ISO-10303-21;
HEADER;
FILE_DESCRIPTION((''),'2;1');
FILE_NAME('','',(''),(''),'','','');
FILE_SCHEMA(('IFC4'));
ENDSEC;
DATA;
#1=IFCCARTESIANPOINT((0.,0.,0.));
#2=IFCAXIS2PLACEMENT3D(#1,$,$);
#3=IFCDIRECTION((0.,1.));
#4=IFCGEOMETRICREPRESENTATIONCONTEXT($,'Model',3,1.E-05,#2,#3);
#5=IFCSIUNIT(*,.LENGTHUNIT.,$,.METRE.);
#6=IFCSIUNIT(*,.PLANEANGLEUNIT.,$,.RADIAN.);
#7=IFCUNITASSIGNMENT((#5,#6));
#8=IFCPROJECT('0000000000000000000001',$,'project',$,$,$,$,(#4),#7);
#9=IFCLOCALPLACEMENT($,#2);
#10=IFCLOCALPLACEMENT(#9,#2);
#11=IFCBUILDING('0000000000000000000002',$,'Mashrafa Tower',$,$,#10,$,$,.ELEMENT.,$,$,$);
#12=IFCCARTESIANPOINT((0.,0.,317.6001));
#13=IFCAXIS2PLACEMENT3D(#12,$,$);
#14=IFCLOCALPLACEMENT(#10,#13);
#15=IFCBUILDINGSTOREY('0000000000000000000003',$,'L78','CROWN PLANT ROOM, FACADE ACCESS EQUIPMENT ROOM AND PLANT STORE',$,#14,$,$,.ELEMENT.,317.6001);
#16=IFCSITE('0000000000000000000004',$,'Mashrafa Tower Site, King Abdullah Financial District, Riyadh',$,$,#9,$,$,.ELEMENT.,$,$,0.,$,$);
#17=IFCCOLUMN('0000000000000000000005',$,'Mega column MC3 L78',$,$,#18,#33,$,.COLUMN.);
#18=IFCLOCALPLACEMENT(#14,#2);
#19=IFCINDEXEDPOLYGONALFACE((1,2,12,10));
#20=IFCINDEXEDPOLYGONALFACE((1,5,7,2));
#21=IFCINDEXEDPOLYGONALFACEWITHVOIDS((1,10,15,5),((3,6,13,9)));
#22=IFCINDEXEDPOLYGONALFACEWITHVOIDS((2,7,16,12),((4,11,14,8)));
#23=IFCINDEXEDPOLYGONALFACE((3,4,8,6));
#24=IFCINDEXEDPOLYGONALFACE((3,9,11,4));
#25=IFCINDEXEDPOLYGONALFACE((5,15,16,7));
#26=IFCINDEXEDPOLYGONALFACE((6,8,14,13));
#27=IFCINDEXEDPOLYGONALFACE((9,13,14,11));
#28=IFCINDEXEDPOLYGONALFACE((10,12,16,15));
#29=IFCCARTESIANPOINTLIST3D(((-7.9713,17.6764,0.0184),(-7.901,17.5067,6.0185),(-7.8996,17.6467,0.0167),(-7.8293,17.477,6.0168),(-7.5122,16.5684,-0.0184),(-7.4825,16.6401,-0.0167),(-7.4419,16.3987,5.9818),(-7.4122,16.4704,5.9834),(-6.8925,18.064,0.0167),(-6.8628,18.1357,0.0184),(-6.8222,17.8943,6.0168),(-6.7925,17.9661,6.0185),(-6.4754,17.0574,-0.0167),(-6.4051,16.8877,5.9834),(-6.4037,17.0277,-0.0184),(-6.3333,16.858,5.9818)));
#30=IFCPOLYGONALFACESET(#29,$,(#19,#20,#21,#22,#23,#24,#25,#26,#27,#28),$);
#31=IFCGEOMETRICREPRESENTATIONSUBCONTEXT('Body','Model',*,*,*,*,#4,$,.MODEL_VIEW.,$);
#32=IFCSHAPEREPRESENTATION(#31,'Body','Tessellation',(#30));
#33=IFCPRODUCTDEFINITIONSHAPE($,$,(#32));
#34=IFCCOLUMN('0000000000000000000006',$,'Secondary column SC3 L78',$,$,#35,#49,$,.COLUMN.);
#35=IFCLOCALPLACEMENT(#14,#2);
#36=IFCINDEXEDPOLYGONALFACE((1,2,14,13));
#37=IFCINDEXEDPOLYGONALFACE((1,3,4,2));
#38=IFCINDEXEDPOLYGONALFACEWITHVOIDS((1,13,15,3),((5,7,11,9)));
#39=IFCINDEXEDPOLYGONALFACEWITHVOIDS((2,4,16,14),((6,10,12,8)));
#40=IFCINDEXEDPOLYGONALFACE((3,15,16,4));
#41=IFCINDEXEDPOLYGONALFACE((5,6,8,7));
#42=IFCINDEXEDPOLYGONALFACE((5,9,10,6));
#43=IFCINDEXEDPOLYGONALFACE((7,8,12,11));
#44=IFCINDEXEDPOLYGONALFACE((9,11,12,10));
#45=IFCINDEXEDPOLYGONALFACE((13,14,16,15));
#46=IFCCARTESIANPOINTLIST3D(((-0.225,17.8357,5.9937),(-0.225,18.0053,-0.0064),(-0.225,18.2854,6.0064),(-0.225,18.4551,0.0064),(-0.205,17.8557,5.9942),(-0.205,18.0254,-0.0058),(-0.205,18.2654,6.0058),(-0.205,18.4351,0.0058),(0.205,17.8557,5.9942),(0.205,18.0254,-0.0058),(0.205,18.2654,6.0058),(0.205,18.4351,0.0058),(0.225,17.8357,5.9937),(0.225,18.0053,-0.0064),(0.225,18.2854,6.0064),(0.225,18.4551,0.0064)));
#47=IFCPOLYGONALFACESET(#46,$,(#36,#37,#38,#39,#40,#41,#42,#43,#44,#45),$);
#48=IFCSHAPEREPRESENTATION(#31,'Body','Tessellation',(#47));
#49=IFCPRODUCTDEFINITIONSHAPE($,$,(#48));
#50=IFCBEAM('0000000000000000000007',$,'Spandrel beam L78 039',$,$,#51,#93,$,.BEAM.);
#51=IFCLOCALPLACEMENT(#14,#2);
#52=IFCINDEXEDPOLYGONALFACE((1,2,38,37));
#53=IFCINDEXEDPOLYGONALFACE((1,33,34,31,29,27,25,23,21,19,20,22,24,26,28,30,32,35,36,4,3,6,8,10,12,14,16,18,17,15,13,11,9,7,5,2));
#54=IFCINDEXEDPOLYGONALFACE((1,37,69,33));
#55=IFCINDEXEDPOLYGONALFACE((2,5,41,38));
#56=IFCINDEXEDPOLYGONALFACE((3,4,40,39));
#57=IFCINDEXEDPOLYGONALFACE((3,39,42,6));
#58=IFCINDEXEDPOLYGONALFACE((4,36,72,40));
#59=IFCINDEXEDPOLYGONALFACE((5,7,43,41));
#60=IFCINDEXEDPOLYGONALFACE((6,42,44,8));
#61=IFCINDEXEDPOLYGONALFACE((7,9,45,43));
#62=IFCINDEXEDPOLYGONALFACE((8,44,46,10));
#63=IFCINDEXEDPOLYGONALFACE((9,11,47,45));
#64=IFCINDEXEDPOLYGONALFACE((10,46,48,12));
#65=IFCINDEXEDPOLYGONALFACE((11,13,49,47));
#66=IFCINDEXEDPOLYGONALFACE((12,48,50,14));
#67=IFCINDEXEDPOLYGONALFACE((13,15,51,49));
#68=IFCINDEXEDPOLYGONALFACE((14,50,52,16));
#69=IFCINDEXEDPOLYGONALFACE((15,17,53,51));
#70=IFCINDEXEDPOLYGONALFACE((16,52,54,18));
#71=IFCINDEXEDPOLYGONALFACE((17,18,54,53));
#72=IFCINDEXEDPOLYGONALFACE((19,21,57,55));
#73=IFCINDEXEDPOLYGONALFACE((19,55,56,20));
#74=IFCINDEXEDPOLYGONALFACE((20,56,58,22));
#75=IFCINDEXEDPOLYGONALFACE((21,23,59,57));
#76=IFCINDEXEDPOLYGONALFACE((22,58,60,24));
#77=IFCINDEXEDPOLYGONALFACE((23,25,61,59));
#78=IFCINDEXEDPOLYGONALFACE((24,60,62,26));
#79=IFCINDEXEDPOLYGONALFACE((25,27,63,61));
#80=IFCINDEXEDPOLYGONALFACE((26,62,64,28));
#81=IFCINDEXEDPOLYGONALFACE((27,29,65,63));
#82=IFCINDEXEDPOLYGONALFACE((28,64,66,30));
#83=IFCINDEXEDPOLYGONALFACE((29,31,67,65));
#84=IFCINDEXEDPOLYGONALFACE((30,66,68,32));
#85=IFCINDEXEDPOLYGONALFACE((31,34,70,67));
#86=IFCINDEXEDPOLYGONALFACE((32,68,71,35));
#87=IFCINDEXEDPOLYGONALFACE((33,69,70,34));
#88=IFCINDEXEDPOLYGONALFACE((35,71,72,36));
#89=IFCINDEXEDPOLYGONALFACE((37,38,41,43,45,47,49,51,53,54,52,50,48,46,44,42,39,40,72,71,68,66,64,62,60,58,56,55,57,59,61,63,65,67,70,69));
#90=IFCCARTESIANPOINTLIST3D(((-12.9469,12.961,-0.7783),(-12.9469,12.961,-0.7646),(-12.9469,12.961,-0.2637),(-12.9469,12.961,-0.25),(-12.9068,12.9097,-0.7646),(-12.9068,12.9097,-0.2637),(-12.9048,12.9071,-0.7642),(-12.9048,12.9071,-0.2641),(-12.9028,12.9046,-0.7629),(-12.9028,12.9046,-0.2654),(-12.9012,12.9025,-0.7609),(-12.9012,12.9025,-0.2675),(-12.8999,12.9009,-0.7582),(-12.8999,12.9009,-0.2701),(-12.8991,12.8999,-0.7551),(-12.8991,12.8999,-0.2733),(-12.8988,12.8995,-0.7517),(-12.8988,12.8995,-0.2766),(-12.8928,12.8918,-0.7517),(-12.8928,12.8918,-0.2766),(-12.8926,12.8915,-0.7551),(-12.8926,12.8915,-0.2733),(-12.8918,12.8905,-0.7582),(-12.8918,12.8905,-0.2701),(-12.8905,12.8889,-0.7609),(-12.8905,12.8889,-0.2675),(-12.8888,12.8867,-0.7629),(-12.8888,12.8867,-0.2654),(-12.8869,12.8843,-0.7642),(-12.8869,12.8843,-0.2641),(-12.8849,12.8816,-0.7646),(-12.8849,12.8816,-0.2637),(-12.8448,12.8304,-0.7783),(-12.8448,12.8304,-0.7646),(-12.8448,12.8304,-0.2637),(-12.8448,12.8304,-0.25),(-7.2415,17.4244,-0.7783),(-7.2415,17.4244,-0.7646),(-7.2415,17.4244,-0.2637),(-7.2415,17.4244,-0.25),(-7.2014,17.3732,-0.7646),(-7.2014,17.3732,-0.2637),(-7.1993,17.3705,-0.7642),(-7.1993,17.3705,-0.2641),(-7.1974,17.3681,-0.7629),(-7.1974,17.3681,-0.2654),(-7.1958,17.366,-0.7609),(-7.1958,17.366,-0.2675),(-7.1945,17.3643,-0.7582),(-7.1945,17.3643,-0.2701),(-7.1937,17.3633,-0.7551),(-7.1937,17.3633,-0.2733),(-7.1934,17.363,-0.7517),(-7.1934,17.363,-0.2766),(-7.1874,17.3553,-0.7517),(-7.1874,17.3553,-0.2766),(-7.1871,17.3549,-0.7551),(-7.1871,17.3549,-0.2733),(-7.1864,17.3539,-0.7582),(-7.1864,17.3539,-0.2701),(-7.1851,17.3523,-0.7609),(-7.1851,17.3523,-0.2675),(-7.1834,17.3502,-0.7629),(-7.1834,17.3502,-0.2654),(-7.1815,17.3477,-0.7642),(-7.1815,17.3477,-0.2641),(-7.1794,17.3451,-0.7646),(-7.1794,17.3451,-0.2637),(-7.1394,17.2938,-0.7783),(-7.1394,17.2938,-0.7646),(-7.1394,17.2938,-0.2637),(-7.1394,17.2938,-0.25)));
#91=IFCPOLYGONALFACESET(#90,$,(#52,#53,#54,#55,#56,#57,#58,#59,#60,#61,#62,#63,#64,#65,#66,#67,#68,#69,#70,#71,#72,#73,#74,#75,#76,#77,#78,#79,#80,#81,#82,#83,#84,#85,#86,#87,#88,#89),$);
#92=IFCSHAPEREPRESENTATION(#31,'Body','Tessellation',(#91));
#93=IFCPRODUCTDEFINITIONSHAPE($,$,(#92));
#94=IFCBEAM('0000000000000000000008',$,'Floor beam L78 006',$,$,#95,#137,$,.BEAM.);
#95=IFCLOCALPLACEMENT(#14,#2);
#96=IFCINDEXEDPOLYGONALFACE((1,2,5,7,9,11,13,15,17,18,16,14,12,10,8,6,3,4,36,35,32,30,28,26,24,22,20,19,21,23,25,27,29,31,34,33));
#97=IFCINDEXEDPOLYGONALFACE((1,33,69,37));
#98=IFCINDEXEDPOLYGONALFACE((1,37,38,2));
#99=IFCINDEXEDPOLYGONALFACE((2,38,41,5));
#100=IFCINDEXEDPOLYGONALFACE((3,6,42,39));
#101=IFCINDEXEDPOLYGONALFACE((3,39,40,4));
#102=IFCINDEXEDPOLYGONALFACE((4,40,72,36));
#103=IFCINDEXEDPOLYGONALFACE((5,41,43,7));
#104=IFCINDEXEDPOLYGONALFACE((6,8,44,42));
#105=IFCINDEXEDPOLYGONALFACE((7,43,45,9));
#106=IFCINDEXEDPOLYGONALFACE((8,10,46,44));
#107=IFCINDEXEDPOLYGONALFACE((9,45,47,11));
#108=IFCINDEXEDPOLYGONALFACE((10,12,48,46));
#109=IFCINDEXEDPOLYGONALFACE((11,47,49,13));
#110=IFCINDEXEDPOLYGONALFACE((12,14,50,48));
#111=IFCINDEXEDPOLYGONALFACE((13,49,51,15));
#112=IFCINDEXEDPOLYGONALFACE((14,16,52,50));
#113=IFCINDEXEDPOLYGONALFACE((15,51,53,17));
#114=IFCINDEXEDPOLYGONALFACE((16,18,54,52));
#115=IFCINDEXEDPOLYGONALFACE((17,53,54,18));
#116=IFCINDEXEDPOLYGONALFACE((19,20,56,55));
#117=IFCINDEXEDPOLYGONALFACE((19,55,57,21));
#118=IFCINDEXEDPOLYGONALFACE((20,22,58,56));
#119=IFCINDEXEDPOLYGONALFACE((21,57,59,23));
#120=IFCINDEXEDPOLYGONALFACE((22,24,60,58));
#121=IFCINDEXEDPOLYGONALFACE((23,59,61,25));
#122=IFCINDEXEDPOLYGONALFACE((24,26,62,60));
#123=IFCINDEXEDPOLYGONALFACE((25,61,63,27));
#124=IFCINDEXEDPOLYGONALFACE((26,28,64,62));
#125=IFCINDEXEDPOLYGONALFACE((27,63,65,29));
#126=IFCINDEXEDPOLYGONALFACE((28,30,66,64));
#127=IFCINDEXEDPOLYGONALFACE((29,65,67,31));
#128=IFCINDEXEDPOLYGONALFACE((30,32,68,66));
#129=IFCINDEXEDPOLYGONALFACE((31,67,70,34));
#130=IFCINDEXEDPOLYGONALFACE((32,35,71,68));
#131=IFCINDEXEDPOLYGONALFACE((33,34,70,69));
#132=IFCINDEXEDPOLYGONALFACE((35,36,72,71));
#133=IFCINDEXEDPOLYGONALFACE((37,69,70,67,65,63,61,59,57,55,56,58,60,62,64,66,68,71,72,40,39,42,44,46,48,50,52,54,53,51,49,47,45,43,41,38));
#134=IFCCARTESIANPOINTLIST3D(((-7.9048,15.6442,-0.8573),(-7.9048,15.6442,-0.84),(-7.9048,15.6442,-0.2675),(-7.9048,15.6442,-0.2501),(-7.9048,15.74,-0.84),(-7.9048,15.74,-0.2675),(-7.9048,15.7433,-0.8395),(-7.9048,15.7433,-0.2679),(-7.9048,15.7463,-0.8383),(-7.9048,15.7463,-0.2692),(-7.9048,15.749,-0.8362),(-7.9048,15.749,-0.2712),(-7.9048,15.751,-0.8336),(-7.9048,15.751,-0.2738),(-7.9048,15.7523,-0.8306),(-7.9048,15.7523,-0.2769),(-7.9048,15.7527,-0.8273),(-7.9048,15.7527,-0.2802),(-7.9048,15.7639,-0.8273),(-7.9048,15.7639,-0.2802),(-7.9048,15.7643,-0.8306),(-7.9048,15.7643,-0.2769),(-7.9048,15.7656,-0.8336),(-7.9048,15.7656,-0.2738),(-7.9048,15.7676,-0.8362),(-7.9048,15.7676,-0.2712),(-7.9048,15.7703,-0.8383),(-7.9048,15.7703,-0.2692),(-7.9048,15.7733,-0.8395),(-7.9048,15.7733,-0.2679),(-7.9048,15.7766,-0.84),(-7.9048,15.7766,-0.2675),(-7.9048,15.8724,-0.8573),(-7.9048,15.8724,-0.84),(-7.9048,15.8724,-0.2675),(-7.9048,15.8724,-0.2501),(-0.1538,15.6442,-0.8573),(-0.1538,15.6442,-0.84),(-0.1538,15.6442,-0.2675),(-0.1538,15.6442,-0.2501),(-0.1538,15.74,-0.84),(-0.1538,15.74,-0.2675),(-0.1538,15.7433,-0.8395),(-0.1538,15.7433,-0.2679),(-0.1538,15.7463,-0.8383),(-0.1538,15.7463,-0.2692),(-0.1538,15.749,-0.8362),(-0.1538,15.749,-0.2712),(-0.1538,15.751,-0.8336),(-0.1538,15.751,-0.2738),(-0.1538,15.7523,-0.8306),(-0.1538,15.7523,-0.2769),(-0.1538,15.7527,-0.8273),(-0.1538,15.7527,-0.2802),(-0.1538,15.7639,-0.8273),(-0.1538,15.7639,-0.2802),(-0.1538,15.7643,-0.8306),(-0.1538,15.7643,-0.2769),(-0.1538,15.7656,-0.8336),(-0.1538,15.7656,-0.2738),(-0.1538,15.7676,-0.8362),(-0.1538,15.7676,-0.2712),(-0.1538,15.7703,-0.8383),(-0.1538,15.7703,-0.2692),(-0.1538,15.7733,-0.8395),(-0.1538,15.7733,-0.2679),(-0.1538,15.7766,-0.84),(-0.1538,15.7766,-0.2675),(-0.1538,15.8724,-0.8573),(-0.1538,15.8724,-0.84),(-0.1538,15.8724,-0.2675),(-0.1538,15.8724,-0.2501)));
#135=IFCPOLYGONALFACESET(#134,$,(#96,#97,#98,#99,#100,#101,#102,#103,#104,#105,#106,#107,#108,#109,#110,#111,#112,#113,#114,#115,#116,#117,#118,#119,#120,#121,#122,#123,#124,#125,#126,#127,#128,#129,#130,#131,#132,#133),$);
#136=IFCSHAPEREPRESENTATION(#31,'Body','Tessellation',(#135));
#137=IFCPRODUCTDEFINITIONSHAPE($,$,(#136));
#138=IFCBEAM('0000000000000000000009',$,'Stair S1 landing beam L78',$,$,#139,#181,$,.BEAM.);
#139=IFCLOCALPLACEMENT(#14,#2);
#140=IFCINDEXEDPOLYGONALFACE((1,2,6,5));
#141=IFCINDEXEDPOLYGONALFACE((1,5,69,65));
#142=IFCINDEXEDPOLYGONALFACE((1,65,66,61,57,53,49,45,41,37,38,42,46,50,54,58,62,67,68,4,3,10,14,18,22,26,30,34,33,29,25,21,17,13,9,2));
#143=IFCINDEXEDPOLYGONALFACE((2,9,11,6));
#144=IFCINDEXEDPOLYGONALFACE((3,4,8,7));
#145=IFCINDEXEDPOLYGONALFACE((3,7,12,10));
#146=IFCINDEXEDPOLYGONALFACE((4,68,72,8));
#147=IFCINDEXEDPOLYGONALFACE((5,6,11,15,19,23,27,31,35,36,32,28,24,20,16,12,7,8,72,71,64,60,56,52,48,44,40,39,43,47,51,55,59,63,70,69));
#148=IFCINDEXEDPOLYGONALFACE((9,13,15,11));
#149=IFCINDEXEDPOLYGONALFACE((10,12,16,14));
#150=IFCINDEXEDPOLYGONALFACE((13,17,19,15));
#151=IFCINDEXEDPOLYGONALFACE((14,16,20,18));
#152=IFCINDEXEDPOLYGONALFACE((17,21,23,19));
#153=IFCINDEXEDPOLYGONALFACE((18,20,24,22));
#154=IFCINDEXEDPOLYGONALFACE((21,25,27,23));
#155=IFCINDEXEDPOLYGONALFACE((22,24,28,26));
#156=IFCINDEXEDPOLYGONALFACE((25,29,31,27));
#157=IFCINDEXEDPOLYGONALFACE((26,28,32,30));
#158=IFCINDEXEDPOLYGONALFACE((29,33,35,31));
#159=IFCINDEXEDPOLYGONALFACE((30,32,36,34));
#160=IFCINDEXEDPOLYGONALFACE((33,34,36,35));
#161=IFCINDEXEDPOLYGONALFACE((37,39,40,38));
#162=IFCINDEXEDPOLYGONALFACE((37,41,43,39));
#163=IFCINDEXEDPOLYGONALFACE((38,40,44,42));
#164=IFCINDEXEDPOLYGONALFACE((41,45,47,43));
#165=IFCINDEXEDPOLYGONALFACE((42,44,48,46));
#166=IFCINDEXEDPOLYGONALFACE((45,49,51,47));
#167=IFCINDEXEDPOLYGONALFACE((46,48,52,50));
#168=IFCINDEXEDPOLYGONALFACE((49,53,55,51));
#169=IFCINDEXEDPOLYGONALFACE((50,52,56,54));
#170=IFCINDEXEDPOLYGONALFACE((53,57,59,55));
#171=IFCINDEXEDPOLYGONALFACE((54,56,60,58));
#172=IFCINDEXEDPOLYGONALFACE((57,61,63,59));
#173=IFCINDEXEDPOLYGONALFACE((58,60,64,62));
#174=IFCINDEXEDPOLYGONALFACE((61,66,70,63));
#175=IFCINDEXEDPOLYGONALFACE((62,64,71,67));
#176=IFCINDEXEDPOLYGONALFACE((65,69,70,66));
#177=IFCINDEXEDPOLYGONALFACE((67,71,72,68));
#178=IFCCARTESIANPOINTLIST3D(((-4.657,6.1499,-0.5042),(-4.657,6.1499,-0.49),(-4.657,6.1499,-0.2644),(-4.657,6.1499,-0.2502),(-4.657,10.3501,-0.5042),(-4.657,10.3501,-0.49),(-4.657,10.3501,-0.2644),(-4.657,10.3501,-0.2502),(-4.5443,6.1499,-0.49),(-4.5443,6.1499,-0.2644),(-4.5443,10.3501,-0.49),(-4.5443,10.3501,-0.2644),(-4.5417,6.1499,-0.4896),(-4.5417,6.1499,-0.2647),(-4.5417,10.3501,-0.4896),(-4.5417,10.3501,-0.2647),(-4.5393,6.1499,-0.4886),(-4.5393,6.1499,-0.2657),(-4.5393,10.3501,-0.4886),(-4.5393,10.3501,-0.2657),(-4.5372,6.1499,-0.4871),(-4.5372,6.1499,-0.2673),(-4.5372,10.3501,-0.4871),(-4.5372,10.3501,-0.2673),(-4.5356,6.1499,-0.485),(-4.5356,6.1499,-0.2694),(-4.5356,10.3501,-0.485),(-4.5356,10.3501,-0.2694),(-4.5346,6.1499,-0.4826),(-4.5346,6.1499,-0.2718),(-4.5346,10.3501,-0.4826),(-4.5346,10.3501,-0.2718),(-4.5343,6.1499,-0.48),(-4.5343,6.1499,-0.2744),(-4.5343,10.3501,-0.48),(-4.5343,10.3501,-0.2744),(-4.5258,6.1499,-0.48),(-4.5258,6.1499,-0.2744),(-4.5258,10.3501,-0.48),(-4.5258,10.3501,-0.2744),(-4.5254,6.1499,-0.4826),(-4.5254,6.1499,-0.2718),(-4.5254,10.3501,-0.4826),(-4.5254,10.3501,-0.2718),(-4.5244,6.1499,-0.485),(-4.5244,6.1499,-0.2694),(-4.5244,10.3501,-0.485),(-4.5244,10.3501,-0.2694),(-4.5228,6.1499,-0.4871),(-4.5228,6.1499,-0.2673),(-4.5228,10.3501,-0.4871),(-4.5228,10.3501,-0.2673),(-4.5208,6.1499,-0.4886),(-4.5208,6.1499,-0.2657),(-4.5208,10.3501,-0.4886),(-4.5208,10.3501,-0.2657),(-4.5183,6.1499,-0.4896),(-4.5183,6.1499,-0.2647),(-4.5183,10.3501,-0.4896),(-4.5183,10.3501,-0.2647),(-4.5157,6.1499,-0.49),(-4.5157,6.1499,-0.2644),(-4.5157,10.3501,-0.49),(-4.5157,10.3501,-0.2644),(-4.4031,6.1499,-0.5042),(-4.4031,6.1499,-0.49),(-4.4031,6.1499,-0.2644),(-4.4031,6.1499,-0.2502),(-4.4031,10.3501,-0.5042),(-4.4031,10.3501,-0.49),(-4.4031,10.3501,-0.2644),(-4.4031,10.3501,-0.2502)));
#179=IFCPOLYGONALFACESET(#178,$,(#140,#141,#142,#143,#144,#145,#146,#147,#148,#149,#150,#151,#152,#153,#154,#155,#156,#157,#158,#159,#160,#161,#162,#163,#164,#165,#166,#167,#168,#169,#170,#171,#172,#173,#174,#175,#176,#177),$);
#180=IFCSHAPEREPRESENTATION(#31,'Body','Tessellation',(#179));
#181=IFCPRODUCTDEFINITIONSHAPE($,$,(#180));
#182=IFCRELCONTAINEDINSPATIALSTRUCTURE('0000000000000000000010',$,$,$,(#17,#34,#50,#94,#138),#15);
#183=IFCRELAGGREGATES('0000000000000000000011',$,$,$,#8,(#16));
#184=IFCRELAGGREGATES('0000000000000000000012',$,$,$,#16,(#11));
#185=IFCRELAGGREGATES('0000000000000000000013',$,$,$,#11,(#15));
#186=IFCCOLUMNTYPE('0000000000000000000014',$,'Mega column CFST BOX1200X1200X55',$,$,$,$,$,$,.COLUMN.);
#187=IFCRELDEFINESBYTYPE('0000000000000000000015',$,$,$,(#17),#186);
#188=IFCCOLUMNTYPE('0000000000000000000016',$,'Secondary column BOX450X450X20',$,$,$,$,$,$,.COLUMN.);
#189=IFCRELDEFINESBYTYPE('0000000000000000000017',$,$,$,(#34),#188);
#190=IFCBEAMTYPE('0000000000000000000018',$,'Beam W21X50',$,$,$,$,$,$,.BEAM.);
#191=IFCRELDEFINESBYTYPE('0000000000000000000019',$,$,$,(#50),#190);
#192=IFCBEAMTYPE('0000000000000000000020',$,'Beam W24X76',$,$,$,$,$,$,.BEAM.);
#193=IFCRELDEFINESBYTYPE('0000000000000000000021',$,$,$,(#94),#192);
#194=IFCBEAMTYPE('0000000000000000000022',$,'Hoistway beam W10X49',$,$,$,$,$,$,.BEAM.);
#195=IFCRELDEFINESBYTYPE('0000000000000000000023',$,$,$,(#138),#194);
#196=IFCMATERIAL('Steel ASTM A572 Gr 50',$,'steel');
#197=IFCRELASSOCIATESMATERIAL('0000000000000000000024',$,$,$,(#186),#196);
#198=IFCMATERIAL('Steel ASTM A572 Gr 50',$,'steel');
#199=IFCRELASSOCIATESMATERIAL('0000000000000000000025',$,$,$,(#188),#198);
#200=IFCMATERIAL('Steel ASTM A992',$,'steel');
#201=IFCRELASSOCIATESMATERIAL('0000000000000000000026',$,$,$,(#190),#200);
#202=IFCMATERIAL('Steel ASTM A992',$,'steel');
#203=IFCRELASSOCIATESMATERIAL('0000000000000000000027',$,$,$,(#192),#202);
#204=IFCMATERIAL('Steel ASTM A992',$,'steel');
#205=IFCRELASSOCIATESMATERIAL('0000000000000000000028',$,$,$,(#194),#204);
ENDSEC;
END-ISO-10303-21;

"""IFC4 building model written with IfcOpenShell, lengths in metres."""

from ifc_helpers import new_model, si_unit, direction, frame, origin, origin_2d, place, context, subcontext, project, spatial, hollow_rectangle, i_section, extrude, material, material_profile, profile_set, type_object, element, save


model = new_model("IFC4")

# Units and contexts
model_context = context("Model", 3, precision=1e-05, world=origin(), true_north=direction((0.0, 1.0)))
body_context = subcontext(model_context, "Body", "Model", "MODEL_VIEW")
ifc_project = project(units=[si_unit("LENGTHUNIT", "METRE"), si_unit("PLANEANGLEUNIT", "RADIAN")], contexts=[model_context])

# Site, building, storey
site_placement = place(None, origin())
site = spatial("IfcSite", under=ifc_project, at=site_placement, Name="Mashrafa Tower Site, King Abdullah Financial District, Riyadh", CompositionType="ELEMENT", RefElevation=0.0)
building_placement = place(site_placement, origin())
building = spatial("IfcBuilding", under=site, at=building_placement, Name="Mashrafa Tower", CompositionType="ELEMENT")
storey_placement = place(building_placement, frame((0.0, 0.0, 317.6001)))
storey = spatial("IfcBuildingStorey", under=building, at=storey_placement, Name="L78", Description="CROWN PLANT ROOM, FACADE ACCESS EQUIPMENT ROOM AND PLANT STORE", CompositionType="ELEMENT", Elevation=317.6001)

# Columns
ifc_material_1 = material(Name="Steel ASTM A572 Gr 50", Category="steel")
ifc_material_profile_1 = material_profile(ifc_material_1, hollow_rectangle(XDim=1.2, YDim=1.2, WallThickness=0.0549, at=origin_2d()), Name="BOX1200X1200X55")
ifc_profile_set_1 = profile_set([ifc_material_profile_1], Name="Steel ASTM A572 Gr 50")
column_type_1 = type_object("IfcColumnType", Name="Mega column CFST BOX1200X1200X55", PredefinedType="COLUMN", material=ifc_profile_set_1)
column_1_placement = place(storey_placement, frame((-7.1875, 17.3521, 0.0), z_axis=(0.011713, -0.028266, 0.999532), x_axis=(0.923822, 0.382821, 0.0)))
element("IfcColumn", 1, at=column_1_placement, inside=storey, type_object=column_type_1, Name="Mega column MC3 L78", PredefinedType="COLUMN", context=body_context, shape_type="SweptSolid", body=[
    extrude(hollow_rectangle(XDim=1.2, YDim=1.2, WallThickness=0.0549, at=origin_2d()), origin(), (0.0, 0.0, 1.0), 6.0029),
])
ifc_material_2 = material(Name="Steel ASTM A572 Gr 50", Category="steel")
ifc_material_profile_2 = material_profile(ifc_material_2, hollow_rectangle(XDim=0.45, YDim=0.45, WallThickness=0.02, at=origin_2d()), Name="BOX450X450X20")
ifc_profile_set_2 = profile_set([ifc_material_profile_2], Name="Steel ASTM A572 Gr 50")
column_type_2 = type_object("IfcColumnType", Name="Secondary column BOX450X450X20", PredefinedType="COLUMN", material=ifc_profile_set_2)
column_2_placement = place(storey_placement, frame((0.0, 18.2302, 0.0), z_axis=(0.0, -0.028268, 0.9996), x_axis=(1.0, 0.0, 0.0)))
element("IfcColumn", 2, at=column_2_placement, inside=storey, type_object=column_type_2, Name="Secondary column SC3 L78", PredefinedType="COLUMN", context=body_context, shape_type="SweptSolid", body=[
    extrude(hollow_rectangle(XDim=0.45, YDim=0.45, WallThickness=0.02, at=origin_2d()), origin(), (0.0, 0.0, 1.0), 6.0024),
])

# Beams
ifc_material_3 = material(Name="Steel ASTM A992", Category="steel")
ifc_material_profile_3 = material_profile(ifc_material_3, i_section(OverallWidth=0.1658, OverallDepth=0.5283, WebThickness=0.0098, FlangeThickness=0.0137, FilletRadius=0.0129, at=origin_2d()), Name="W21X50")
ifc_profile_set_3 = profile_set([ifc_material_profile_3], Name="Steel ASTM A992")
beam_type_1 = type_object("IfcBeamType", Name="Beam W21X50", PredefinedType="BEAM", material=ifc_profile_set_3)
beam_1_placement = place(storey_placement, frame((-7.1904, 17.3591, -0.5142), z_axis=(-0.787616, -0.616166, 0.0), x_axis=(0.616166, -0.787616, 0.0)))
element("IfcBeam", 3, at=beam_1_placement, inside=storey, type_object=beam_type_1, Name="Spandrel beam L78 039", PredefinedType="BEAM", context=body_context, shape_type="SweptSolid", body=[
    extrude(i_section(OverallWidth=0.1658, OverallDepth=0.5283, WebThickness=0.0098, FlangeThickness=0.0137, FilletRadius=0.0129, at=origin_2d()), origin(), (0.0, 0.0, 1.0), 7.2439),
])
ifc_material_4 = material(Name="Steel ASTM A992", Category="steel")
ifc_material_profile_4 = material_profile(ifc_material_4, i_section(OverallWidth=0.2283, OverallDepth=0.6072, WebThickness=0.0112, FlangeThickness=0.0173, FilletRadius=0.0127, at=origin_2d()), Name="W24X76")
ifc_profile_set_4 = profile_set([ifc_material_profile_4], Name="Steel ASTM A992")
beam_type_2 = type_object("IfcBeamType", Name="Beam W24X76", PredefinedType="BEAM", material=ifc_profile_set_4)
beam_2_placement = place(storey_placement, frame((-7.9048, 15.7583, -0.5537), z_axis=(1.0, 0.0, 0.0), x_axis=(0.0, 1.0, 0.0)))
element("IfcBeam", 4, at=beam_2_placement, inside=storey, type_object=beam_type_2, Name="Floor beam L78 006", PredefinedType="BEAM", context=body_context, shape_type="SweptSolid", body=[
    extrude(i_section(OverallWidth=0.2283, OverallDepth=0.6072, WebThickness=0.0112, FlangeThickness=0.0173, FilletRadius=0.0127, at=origin_2d()), origin(), (0.0, 0.0, 1.0), 7.751),
])
ifc_material_5 = material(Name="Steel ASTM A992", Category="steel")
ifc_material_profile_5 = material_profile(ifc_material_5, i_section(OverallWidth=0.2539, OverallDepth=0.2539, WebThickness=0.0085, FlangeThickness=0.0142, FilletRadius=0.01, at=origin_2d()), Name="W10X49")
ifc_profile_set_5 = profile_set([ifc_material_profile_5], Name="Steel ASTM A992")
beam_type_3 = type_object("IfcBeamType", Name="Hoistway beam W10X49", PredefinedType="BEAM", material=ifc_profile_set_5)
for number, where, z_axis, x_axis, name in (
    (5, (-4.53, 6.1499, -0.3772), (0.0, 1.0, 0.0), (-1.0, 0.0, 0.0), "Stair S1 landing beam L78"),
):
    element("IfcBeam", number, at=place(storey_placement, frame(where, z_axis=z_axis, x_axis=x_axis)), inside=storey, type_object=beam_type_3, Name=name, PredefinedType="BEAM", context=body_context, shape_type="SweptSolid", body=[
        extrude(i_section(OverallWidth=0.2539, OverallDepth=0.2539, WebThickness=0.0085, FlangeThickness=0.0142, FilletRadius=0.01, at=origin_2d()), origin(), (0.0, 0.0, 1.0), 4.2002),
    ])

save(model, "model.ifc")
